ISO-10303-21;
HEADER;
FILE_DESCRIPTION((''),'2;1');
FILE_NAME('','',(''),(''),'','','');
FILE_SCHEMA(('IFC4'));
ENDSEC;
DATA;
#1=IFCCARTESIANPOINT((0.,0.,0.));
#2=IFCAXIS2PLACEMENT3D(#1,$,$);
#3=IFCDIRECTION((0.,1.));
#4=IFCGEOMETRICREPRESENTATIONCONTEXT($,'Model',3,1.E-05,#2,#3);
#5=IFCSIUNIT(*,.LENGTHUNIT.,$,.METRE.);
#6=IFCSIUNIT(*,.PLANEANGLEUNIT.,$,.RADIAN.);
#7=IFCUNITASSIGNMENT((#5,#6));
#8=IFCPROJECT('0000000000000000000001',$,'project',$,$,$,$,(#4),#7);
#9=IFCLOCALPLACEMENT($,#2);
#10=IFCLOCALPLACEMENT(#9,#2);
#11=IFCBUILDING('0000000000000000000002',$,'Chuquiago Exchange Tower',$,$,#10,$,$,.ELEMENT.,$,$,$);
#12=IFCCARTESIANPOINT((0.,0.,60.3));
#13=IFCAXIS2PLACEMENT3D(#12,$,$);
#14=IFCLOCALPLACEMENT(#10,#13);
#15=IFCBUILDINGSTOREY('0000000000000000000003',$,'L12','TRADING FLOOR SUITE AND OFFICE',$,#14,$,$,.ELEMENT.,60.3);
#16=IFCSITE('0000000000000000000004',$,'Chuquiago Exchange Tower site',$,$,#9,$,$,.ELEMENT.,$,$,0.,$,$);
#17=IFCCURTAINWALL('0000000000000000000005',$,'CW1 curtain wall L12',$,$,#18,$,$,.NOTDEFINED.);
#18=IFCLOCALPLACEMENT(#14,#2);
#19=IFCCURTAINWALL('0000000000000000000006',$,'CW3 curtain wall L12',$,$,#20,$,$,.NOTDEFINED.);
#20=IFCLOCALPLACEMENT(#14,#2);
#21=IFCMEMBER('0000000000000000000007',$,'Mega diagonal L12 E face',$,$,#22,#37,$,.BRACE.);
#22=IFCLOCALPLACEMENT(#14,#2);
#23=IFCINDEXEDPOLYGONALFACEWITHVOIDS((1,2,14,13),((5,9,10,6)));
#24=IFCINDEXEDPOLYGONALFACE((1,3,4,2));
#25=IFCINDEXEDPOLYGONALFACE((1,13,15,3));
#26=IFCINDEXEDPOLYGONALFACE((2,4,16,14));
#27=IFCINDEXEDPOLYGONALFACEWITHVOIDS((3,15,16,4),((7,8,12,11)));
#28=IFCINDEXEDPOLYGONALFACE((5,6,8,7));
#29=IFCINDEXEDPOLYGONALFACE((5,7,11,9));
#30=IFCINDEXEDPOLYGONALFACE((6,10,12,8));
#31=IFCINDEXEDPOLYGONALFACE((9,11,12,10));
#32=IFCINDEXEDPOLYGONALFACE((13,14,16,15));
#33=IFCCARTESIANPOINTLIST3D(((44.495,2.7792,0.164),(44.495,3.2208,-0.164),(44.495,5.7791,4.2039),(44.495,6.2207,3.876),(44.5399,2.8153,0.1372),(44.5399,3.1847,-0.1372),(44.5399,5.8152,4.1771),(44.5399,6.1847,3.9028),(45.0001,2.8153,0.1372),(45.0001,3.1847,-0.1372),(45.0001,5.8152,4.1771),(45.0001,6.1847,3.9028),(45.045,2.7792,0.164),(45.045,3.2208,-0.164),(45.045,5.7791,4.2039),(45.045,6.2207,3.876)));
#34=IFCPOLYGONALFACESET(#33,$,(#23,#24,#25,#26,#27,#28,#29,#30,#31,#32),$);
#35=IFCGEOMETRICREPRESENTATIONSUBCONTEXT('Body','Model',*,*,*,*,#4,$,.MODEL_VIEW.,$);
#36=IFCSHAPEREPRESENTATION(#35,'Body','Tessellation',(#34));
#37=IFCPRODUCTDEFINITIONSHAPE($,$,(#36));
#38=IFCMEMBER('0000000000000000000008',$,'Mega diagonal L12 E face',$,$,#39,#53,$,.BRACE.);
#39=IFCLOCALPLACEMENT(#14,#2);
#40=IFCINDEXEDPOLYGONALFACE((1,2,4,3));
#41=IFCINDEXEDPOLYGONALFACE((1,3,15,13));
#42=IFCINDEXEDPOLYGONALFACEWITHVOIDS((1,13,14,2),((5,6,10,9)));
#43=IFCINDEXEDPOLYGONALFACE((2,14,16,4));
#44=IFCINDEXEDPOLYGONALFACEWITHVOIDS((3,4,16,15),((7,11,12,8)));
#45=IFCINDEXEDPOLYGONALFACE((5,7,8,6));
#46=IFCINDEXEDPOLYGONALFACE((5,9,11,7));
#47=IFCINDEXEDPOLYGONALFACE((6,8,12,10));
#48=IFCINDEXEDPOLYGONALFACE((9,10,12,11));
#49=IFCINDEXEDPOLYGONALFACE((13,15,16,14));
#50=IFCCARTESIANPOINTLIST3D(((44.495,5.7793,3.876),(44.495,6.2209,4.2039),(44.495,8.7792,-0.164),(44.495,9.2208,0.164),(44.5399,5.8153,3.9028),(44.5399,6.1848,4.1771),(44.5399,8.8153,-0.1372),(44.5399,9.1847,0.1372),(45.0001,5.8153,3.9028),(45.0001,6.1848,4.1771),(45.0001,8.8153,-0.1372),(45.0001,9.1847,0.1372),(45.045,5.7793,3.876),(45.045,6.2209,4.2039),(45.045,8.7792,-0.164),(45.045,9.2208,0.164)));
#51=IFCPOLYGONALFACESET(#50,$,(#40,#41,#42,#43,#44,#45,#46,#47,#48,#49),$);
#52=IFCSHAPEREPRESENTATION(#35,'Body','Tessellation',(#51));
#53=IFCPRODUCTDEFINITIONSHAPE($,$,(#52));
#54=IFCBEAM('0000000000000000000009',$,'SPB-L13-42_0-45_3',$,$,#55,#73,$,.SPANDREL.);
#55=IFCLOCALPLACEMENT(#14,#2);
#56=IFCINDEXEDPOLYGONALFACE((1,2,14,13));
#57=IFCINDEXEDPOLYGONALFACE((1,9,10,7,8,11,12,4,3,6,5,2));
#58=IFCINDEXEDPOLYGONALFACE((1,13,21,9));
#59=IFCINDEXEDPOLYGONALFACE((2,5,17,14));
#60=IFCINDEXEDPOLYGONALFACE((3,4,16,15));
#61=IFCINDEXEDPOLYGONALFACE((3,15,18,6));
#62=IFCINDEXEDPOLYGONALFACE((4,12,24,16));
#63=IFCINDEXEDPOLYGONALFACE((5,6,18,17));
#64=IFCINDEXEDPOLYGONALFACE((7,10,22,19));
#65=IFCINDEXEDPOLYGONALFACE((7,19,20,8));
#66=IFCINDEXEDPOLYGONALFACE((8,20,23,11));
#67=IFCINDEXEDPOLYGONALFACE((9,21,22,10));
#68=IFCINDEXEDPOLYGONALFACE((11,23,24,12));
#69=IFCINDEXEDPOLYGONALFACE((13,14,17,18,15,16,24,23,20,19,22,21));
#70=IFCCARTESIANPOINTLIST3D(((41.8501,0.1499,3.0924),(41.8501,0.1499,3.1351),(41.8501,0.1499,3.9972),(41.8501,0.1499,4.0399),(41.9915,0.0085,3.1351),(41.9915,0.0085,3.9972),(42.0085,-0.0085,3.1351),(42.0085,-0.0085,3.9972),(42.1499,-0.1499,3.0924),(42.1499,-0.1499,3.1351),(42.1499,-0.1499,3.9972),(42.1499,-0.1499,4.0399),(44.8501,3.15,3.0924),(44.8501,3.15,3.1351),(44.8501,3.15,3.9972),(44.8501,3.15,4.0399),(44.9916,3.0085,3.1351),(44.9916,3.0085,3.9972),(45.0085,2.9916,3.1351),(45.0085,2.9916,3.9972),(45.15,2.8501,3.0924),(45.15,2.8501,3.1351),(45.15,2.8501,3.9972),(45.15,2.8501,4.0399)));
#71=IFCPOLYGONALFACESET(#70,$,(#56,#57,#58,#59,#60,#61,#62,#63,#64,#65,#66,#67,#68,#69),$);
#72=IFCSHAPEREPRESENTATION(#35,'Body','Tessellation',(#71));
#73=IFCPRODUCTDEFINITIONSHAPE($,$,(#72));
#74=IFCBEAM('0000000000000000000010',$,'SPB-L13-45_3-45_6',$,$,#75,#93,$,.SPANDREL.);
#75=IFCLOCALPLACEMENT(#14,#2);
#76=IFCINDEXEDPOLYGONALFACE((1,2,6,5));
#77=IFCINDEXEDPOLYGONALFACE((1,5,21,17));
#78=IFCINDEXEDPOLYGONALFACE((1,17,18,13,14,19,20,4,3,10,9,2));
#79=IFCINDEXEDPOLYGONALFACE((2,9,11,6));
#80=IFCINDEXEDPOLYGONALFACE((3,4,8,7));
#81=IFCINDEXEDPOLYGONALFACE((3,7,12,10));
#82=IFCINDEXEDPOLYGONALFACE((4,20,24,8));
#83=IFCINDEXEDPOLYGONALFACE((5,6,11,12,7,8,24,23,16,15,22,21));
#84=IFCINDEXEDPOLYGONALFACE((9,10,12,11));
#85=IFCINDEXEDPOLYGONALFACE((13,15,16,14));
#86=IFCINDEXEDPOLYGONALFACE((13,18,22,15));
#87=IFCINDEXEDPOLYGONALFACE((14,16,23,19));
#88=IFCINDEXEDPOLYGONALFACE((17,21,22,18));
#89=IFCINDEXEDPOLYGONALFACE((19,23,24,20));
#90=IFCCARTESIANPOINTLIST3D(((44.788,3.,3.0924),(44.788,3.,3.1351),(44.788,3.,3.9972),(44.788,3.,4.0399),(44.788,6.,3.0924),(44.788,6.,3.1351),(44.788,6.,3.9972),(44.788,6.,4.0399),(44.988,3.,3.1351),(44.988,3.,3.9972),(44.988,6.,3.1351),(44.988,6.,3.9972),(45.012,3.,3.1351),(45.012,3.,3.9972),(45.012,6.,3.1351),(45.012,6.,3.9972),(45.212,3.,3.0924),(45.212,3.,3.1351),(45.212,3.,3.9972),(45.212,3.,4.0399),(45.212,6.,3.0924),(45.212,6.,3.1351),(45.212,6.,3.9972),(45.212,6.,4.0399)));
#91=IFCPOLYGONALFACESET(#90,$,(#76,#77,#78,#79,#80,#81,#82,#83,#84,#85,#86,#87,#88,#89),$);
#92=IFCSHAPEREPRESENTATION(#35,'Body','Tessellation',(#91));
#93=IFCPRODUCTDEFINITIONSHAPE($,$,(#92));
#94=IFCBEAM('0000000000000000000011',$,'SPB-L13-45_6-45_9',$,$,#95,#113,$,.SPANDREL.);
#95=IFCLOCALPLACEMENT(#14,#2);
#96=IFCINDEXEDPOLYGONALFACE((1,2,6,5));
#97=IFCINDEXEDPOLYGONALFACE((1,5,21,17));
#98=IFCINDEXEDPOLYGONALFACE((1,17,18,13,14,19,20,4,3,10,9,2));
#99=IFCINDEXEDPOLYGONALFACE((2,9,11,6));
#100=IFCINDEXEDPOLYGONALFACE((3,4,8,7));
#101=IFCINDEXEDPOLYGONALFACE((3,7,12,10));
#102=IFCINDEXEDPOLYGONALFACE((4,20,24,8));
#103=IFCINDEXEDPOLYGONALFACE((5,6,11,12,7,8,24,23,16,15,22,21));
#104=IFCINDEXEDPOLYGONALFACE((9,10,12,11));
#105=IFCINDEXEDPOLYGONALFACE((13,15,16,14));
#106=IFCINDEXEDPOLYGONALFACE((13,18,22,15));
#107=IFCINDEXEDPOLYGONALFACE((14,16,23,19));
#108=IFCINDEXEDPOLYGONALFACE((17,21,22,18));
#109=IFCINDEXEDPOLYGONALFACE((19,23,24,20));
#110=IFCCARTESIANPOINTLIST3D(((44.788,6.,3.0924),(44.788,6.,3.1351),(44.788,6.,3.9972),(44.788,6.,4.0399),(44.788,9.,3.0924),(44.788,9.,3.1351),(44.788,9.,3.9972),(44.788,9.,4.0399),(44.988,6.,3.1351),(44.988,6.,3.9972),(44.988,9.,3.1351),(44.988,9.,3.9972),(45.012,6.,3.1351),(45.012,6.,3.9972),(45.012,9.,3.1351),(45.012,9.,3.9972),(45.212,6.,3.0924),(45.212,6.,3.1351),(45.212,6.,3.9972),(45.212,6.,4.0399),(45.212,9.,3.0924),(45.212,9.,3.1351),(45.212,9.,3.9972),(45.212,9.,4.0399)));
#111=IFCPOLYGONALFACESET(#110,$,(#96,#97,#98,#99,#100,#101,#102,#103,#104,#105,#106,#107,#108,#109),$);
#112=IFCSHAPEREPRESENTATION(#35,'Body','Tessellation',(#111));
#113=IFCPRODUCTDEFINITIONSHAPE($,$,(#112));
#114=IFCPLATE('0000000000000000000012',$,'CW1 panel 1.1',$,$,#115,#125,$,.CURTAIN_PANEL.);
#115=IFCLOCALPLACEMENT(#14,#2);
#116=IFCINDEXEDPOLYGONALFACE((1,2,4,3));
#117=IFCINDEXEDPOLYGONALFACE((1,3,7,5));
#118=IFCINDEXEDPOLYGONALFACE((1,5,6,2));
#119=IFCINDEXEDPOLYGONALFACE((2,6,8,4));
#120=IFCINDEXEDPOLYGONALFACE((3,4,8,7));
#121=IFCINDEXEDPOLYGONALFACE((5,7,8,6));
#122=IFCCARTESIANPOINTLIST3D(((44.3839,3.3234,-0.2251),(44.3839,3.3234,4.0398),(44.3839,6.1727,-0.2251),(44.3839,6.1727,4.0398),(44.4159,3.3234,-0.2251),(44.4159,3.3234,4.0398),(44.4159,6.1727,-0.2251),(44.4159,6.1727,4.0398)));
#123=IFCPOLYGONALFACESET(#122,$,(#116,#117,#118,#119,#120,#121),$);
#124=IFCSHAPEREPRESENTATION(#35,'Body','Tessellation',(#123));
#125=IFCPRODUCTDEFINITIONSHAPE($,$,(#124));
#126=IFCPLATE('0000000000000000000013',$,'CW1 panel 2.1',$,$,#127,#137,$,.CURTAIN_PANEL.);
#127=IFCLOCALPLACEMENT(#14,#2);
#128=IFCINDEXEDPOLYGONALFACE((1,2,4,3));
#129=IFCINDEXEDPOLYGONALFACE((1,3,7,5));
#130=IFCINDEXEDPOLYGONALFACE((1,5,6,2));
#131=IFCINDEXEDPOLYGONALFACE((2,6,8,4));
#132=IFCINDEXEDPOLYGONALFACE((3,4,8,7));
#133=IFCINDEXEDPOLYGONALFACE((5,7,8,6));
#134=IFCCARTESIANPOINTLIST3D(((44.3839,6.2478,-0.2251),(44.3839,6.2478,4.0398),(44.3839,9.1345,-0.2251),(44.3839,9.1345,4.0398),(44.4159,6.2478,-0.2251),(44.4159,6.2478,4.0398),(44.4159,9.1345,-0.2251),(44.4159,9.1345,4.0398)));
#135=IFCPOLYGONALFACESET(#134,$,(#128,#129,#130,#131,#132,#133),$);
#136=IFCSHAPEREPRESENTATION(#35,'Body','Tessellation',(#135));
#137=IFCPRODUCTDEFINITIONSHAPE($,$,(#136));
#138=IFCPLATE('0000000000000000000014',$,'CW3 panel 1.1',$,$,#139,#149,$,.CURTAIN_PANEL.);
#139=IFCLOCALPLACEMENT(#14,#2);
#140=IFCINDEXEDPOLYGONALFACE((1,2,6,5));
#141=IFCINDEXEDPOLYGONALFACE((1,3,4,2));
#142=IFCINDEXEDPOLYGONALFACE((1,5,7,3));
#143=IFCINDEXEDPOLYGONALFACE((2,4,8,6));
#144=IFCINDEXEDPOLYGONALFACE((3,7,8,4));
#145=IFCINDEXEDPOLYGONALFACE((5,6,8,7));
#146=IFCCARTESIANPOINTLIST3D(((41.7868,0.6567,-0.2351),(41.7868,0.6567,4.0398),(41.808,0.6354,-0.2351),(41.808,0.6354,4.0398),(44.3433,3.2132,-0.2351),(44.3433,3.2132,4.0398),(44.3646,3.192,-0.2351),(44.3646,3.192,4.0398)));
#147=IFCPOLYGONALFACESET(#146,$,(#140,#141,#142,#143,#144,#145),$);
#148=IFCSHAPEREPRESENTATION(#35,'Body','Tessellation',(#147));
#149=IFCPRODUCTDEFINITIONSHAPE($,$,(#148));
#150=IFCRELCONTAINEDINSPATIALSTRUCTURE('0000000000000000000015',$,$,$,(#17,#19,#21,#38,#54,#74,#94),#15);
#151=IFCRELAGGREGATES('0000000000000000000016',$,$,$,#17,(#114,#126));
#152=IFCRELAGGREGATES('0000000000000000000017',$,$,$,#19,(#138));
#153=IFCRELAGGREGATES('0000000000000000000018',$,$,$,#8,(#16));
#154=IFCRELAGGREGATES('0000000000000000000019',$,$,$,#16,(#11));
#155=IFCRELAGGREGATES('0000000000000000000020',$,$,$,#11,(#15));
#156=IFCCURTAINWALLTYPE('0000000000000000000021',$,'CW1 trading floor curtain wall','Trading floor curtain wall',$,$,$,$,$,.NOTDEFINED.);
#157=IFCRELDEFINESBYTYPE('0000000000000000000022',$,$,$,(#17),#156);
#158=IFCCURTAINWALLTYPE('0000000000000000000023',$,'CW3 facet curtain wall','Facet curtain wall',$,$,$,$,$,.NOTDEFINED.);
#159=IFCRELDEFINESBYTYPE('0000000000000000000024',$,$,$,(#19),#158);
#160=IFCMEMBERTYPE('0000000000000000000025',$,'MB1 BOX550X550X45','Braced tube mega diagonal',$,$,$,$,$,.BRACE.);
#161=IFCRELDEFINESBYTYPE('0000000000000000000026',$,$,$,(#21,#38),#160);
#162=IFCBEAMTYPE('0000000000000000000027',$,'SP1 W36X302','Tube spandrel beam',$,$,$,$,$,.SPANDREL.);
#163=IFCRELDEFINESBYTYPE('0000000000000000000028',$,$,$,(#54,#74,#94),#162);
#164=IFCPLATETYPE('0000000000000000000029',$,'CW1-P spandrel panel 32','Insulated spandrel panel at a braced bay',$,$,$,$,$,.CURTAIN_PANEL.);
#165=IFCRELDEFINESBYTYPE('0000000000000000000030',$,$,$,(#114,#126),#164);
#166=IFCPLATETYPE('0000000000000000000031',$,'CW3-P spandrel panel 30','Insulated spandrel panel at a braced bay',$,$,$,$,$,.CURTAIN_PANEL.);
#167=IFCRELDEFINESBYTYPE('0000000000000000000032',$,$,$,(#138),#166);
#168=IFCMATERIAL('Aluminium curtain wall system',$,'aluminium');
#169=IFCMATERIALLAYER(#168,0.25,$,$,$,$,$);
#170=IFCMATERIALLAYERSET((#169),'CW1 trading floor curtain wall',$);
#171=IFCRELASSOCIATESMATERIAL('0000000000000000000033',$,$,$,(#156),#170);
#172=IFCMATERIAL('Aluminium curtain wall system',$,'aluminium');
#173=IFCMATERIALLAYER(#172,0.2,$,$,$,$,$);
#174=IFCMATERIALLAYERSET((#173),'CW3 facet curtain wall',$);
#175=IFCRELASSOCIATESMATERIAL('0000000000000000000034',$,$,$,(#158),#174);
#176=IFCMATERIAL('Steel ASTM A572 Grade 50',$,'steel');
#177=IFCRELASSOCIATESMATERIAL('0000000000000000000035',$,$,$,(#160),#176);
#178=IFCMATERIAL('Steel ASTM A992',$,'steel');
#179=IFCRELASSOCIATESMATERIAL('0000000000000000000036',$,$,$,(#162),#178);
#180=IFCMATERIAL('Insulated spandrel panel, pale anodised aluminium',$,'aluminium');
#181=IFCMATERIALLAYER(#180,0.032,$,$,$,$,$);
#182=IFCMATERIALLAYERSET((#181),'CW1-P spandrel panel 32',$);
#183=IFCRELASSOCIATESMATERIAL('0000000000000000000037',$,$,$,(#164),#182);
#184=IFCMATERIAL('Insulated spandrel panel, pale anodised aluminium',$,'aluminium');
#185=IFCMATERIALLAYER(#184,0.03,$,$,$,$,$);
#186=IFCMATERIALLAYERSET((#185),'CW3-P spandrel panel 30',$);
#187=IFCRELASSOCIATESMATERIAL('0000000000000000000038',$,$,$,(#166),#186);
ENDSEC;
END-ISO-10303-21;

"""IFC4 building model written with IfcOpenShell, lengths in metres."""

from ifc_helpers import new_model, si_unit, direction, frame, origin, origin_2d, place, context, subcontext, project, spatial, rectangle, hollow_rectangle, i_section, extrude, material, layer, layer_set, material_profile, profile_set, type_object, element, aggregate, save


model = new_model("IFC4")

# Units and contexts
model_context = context("Model", 3, precision=1e-05, world=origin(), true_north=direction((0.0, 1.0)))
body_context = subcontext(model_context, "Body", "Model", "MODEL_VIEW")
ifc_project = project(units=[si_unit("LENGTHUNIT", "METRE"), si_unit("PLANEANGLEUNIT", "RADIAN")], contexts=[model_context])

# Site, building, storey
site_placement = place(None, origin())
site = spatial("IfcSite", under=ifc_project, at=site_placement, Name="Chuquiago Exchange Tower site", CompositionType="ELEMENT", RefElevation=0.0)
building_placement = place(site_placement, origin())
building = spatial("IfcBuilding", under=site, at=building_placement, Name="Chuquiago Exchange Tower", CompositionType="ELEMENT")
storey_placement = place(building_placement, frame((0.0, 0.0, 60.3)))
storey = spatial("IfcBuildingStorey", under=building, at=storey_placement, Name="L12", Description="TRADING FLOOR SUITE AND OFFICE", CompositionType="ELEMENT", Elevation=60.3)

# Curtain walls
ifc_material_1 = material(Name="Aluminium curtain wall system", Category="aluminium")
ifc_layer_1 = layer(ifc_material_1, 0.25)
ifc_layer_set_1 = layer_set([ifc_layer_1], Name="CW1 trading floor curtain wall")
curtain_wall_type_1 = type_object("IfcCurtainWallType", Name="CW1 trading floor curtain wall", Description="Trading floor curtain wall", PredefinedType="NOTDEFINED", material=ifc_layer_set_1)
curtain_wall_1_placement = place(storey_placement, origin())
curtain_wall_1 = element("IfcCurtainWall", 1, at=curtain_wall_1_placement, inside=storey, type_object=curtain_wall_type_1, Name="CW1 curtain wall L12", PredefinedType="NOTDEFINED")
ifc_material_2 = material(Name="Aluminium curtain wall system", Category="aluminium")
ifc_layer_2 = layer(ifc_material_2, 0.2)
ifc_layer_set_2 = layer_set([ifc_layer_2], Name="CW3 facet curtain wall")
curtain_wall_type_2 = type_object("IfcCurtainWallType", Name="CW3 facet curtain wall", Description="Facet curtain wall", PredefinedType="NOTDEFINED", material=ifc_layer_set_2)
curtain_wall_2_placement = place(storey_placement, origin())
curtain_wall_2 = element("IfcCurtainWall", 2, at=curtain_wall_2_placement, inside=storey, type_object=curtain_wall_type_2, Name="CW3 curtain wall L12", PredefinedType="NOTDEFINED")

# Members
ifc_material_3 = material(Name="Steel ASTM A572 Grade 50", Category="steel")
ifc_material_profile_1 = material_profile(ifc_material_3, hollow_rectangle(XDim=0.55, YDim=0.55, WallThickness=0.0449, at=origin_2d()), Name="BOX550X550X45")
ifc_profile_set_1 = profile_set([ifc_material_profile_1], Name="Steel ASTM A572 Grade 50")
member_type_1 = type_object("IfcMemberType", Name="MB1 BOX550X550X45", Description="Braced tube mega diagonal", PredefinedType="BRACE", material=ifc_profile_set_1)
for number, where, z_axis, x_axis, name in (
    (3, (44.77, 3.0, 0.0), (0.0, 0.596174, 0.802855), (-1.0, 0.0, 0.0), "Mega diagonal L12 E face"),
    (4, (44.77, 9.0, 0.0), (0.0, -0.596174, 0.802855), (1.0, 0.0, 0.0), "Mega diagonal L12 E face"),
):
    element("IfcMember", number, at=place(storey_placement, frame(where, z_axis=z_axis, x_axis=x_axis)), inside=storey, type_object=member_type_1, Name=name, PredefinedType="BRACE", context=body_context, shape_type="SweptSolid", body=[
        extrude(hollow_rectangle(XDim=0.55, YDim=0.55, WallThickness=0.0449, at=origin_2d()), origin(), (0.0, 0.0, 1.0), 5.032),
    ])

# Beams
ifc_material_4 = material(Name="Steel ASTM A992", Category="steel")
ifc_material_profile_2 = material_profile(ifc_material_4, i_section(OverallWidth=0.4241, OverallDepth=0.9475, WebThickness=0.0239, FlangeThickness=0.0427, at=origin_2d()), Name="W36X302")
ifc_profile_set_2 = profile_set([ifc_material_profile_2], Name="Steel ASTM A992")
beam_type = type_object("IfcBeamType", Name="SP1 W36X302", Description="Tube spandrel beam", PredefinedType="SPANDREL", material=ifc_profile_set_2)
beam_placement = place(storey_placement, frame((42.0, 0.0, 3.5662), z_axis=(0.707107, 0.707107, 0.0), x_axis=(-0.707107, 0.707107, 0.0)))
element("IfcBeam", 5, at=beam_placement, inside=storey, type_object=beam_type, Name="SPB-L13-42_0-45_3", PredefinedType="SPANDREL", context=body_context, shape_type="SweptSolid", body=[
    extrude(i_section(OverallWidth=0.4241, OverallDepth=0.9475, WebThickness=0.0239, FlangeThickness=0.0427, at=origin_2d()), origin(), (0.0, 0.0, 1.0), 4.2427),
])
for number, where, z_axis, x_axis, name in (
    (6, (45.0, 3.0, 3.5662), (0.0, 1.0, 0.0), (-1.0, 0.0, 0.0), "SPB-L13-45_3-45_6"),
    (7, (45.0, 6.0, 3.5662), (0.0, 1.0, 0.0), (-1.0, 0.0, 0.0), "SPB-L13-45_6-45_9"),
):
    element("IfcBeam", number, at=place(storey_placement, frame(where, z_axis=z_axis, x_axis=x_axis)), inside=storey, type_object=beam_type, Name=name, PredefinedType="SPANDREL", context=body_context, shape_type="SweptSolid", body=[
        extrude(i_section(OverallWidth=0.4241, OverallDepth=0.9475, WebThickness=0.0239, FlangeThickness=0.0427, at=origin_2d()), origin(), (0.0, 0.0, 1.0), 3.0),
    ])

# Plates
ifc_material_5 = material(Name="Insulated spandrel panel, pale anodised aluminium", Category="aluminium")
ifc_layer_3 = layer(ifc_material_5, 0.032)
ifc_layer_set_3 = layer_set([ifc_layer_3], Name="CW1-P spandrel panel 32")
plate_type_1 = type_object("IfcPlateType", Name="CW1-P spandrel panel 32", Description="Insulated spandrel panel at a braced bay", PredefinedType="CURTAIN_PANEL", material=ifc_layer_set_3)
plate_1_placement = place(storey_placement, frame((44.3999, 4.748, -0.2251), z_axis=(0.0, 0.0, 1.0), x_axis=(0.0, 1.0, 0.0)))
plate_1 = element("IfcPlate", 8, at=plate_1_placement, type_object=plate_type_1, Name="CW1 panel 1.1", PredefinedType="CURTAIN_PANEL", context=body_context, shape_type="SweptSolid", body=[
    extrude(rectangle(XDim=2.8494, YDim=0.032, at=origin_2d()), origin(), (0.0, 0.0, 1.0), 4.2649),
])
plate_2_placement = place(storey_placement, frame((44.3999, 7.6912, -0.2251), z_axis=(0.0, 0.0, 1.0), x_axis=(0.0, 1.0, 0.0)))
plate_2 = element("IfcPlate", 9, at=plate_2_placement, type_object=plate_type_1, Name="CW1 panel 2.1", PredefinedType="CURTAIN_PANEL", context=body_context, shape_type="SweptSolid", body=[
    extrude(rectangle(XDim=2.8867, YDim=0.032, at=origin_2d()), origin(), (0.0, 0.0, 1.0), 4.2649),
])
aggregate(curtain_wall_1, [plate_1, plate_2])
ifc_material_6 = material(Name="Insulated spandrel panel, pale anodised aluminium", Category="aluminium")
ifc_layer_4 = layer(ifc_material_6, 0.03)
ifc_layer_set_4 = layer_set([ifc_layer_4], Name="CW3-P spandrel panel 30")
plate_type_2 = type_object("IfcPlateType", Name="CW3-P spandrel panel 30", Description="Insulated spandrel panel at a braced bay", PredefinedType="CURTAIN_PANEL", material=ifc_layer_set_4)
plate_3_placement = place(storey_placement, frame((43.0757, 1.9243, -0.2351), z_axis=(0.0, 0.0, 1.0), x_axis=(0.707107, 0.707107, 0.0)))
plate_3 = element("IfcPlate", 10, at=plate_3_placement, type_object=plate_type_2, Name="CW3 panel 1.1", PredefinedType="CURTAIN_PANEL", context=body_context, shape_type="SweptSolid", body=[
    extrude(rectangle(XDim=3.6155, YDim=0.03, at=origin_2d()), origin(), (0.0, 0.0, 1.0), 4.2749),
])
aggregate(curtain_wall_2, [plate_3])

save(model, "model.ifc")
